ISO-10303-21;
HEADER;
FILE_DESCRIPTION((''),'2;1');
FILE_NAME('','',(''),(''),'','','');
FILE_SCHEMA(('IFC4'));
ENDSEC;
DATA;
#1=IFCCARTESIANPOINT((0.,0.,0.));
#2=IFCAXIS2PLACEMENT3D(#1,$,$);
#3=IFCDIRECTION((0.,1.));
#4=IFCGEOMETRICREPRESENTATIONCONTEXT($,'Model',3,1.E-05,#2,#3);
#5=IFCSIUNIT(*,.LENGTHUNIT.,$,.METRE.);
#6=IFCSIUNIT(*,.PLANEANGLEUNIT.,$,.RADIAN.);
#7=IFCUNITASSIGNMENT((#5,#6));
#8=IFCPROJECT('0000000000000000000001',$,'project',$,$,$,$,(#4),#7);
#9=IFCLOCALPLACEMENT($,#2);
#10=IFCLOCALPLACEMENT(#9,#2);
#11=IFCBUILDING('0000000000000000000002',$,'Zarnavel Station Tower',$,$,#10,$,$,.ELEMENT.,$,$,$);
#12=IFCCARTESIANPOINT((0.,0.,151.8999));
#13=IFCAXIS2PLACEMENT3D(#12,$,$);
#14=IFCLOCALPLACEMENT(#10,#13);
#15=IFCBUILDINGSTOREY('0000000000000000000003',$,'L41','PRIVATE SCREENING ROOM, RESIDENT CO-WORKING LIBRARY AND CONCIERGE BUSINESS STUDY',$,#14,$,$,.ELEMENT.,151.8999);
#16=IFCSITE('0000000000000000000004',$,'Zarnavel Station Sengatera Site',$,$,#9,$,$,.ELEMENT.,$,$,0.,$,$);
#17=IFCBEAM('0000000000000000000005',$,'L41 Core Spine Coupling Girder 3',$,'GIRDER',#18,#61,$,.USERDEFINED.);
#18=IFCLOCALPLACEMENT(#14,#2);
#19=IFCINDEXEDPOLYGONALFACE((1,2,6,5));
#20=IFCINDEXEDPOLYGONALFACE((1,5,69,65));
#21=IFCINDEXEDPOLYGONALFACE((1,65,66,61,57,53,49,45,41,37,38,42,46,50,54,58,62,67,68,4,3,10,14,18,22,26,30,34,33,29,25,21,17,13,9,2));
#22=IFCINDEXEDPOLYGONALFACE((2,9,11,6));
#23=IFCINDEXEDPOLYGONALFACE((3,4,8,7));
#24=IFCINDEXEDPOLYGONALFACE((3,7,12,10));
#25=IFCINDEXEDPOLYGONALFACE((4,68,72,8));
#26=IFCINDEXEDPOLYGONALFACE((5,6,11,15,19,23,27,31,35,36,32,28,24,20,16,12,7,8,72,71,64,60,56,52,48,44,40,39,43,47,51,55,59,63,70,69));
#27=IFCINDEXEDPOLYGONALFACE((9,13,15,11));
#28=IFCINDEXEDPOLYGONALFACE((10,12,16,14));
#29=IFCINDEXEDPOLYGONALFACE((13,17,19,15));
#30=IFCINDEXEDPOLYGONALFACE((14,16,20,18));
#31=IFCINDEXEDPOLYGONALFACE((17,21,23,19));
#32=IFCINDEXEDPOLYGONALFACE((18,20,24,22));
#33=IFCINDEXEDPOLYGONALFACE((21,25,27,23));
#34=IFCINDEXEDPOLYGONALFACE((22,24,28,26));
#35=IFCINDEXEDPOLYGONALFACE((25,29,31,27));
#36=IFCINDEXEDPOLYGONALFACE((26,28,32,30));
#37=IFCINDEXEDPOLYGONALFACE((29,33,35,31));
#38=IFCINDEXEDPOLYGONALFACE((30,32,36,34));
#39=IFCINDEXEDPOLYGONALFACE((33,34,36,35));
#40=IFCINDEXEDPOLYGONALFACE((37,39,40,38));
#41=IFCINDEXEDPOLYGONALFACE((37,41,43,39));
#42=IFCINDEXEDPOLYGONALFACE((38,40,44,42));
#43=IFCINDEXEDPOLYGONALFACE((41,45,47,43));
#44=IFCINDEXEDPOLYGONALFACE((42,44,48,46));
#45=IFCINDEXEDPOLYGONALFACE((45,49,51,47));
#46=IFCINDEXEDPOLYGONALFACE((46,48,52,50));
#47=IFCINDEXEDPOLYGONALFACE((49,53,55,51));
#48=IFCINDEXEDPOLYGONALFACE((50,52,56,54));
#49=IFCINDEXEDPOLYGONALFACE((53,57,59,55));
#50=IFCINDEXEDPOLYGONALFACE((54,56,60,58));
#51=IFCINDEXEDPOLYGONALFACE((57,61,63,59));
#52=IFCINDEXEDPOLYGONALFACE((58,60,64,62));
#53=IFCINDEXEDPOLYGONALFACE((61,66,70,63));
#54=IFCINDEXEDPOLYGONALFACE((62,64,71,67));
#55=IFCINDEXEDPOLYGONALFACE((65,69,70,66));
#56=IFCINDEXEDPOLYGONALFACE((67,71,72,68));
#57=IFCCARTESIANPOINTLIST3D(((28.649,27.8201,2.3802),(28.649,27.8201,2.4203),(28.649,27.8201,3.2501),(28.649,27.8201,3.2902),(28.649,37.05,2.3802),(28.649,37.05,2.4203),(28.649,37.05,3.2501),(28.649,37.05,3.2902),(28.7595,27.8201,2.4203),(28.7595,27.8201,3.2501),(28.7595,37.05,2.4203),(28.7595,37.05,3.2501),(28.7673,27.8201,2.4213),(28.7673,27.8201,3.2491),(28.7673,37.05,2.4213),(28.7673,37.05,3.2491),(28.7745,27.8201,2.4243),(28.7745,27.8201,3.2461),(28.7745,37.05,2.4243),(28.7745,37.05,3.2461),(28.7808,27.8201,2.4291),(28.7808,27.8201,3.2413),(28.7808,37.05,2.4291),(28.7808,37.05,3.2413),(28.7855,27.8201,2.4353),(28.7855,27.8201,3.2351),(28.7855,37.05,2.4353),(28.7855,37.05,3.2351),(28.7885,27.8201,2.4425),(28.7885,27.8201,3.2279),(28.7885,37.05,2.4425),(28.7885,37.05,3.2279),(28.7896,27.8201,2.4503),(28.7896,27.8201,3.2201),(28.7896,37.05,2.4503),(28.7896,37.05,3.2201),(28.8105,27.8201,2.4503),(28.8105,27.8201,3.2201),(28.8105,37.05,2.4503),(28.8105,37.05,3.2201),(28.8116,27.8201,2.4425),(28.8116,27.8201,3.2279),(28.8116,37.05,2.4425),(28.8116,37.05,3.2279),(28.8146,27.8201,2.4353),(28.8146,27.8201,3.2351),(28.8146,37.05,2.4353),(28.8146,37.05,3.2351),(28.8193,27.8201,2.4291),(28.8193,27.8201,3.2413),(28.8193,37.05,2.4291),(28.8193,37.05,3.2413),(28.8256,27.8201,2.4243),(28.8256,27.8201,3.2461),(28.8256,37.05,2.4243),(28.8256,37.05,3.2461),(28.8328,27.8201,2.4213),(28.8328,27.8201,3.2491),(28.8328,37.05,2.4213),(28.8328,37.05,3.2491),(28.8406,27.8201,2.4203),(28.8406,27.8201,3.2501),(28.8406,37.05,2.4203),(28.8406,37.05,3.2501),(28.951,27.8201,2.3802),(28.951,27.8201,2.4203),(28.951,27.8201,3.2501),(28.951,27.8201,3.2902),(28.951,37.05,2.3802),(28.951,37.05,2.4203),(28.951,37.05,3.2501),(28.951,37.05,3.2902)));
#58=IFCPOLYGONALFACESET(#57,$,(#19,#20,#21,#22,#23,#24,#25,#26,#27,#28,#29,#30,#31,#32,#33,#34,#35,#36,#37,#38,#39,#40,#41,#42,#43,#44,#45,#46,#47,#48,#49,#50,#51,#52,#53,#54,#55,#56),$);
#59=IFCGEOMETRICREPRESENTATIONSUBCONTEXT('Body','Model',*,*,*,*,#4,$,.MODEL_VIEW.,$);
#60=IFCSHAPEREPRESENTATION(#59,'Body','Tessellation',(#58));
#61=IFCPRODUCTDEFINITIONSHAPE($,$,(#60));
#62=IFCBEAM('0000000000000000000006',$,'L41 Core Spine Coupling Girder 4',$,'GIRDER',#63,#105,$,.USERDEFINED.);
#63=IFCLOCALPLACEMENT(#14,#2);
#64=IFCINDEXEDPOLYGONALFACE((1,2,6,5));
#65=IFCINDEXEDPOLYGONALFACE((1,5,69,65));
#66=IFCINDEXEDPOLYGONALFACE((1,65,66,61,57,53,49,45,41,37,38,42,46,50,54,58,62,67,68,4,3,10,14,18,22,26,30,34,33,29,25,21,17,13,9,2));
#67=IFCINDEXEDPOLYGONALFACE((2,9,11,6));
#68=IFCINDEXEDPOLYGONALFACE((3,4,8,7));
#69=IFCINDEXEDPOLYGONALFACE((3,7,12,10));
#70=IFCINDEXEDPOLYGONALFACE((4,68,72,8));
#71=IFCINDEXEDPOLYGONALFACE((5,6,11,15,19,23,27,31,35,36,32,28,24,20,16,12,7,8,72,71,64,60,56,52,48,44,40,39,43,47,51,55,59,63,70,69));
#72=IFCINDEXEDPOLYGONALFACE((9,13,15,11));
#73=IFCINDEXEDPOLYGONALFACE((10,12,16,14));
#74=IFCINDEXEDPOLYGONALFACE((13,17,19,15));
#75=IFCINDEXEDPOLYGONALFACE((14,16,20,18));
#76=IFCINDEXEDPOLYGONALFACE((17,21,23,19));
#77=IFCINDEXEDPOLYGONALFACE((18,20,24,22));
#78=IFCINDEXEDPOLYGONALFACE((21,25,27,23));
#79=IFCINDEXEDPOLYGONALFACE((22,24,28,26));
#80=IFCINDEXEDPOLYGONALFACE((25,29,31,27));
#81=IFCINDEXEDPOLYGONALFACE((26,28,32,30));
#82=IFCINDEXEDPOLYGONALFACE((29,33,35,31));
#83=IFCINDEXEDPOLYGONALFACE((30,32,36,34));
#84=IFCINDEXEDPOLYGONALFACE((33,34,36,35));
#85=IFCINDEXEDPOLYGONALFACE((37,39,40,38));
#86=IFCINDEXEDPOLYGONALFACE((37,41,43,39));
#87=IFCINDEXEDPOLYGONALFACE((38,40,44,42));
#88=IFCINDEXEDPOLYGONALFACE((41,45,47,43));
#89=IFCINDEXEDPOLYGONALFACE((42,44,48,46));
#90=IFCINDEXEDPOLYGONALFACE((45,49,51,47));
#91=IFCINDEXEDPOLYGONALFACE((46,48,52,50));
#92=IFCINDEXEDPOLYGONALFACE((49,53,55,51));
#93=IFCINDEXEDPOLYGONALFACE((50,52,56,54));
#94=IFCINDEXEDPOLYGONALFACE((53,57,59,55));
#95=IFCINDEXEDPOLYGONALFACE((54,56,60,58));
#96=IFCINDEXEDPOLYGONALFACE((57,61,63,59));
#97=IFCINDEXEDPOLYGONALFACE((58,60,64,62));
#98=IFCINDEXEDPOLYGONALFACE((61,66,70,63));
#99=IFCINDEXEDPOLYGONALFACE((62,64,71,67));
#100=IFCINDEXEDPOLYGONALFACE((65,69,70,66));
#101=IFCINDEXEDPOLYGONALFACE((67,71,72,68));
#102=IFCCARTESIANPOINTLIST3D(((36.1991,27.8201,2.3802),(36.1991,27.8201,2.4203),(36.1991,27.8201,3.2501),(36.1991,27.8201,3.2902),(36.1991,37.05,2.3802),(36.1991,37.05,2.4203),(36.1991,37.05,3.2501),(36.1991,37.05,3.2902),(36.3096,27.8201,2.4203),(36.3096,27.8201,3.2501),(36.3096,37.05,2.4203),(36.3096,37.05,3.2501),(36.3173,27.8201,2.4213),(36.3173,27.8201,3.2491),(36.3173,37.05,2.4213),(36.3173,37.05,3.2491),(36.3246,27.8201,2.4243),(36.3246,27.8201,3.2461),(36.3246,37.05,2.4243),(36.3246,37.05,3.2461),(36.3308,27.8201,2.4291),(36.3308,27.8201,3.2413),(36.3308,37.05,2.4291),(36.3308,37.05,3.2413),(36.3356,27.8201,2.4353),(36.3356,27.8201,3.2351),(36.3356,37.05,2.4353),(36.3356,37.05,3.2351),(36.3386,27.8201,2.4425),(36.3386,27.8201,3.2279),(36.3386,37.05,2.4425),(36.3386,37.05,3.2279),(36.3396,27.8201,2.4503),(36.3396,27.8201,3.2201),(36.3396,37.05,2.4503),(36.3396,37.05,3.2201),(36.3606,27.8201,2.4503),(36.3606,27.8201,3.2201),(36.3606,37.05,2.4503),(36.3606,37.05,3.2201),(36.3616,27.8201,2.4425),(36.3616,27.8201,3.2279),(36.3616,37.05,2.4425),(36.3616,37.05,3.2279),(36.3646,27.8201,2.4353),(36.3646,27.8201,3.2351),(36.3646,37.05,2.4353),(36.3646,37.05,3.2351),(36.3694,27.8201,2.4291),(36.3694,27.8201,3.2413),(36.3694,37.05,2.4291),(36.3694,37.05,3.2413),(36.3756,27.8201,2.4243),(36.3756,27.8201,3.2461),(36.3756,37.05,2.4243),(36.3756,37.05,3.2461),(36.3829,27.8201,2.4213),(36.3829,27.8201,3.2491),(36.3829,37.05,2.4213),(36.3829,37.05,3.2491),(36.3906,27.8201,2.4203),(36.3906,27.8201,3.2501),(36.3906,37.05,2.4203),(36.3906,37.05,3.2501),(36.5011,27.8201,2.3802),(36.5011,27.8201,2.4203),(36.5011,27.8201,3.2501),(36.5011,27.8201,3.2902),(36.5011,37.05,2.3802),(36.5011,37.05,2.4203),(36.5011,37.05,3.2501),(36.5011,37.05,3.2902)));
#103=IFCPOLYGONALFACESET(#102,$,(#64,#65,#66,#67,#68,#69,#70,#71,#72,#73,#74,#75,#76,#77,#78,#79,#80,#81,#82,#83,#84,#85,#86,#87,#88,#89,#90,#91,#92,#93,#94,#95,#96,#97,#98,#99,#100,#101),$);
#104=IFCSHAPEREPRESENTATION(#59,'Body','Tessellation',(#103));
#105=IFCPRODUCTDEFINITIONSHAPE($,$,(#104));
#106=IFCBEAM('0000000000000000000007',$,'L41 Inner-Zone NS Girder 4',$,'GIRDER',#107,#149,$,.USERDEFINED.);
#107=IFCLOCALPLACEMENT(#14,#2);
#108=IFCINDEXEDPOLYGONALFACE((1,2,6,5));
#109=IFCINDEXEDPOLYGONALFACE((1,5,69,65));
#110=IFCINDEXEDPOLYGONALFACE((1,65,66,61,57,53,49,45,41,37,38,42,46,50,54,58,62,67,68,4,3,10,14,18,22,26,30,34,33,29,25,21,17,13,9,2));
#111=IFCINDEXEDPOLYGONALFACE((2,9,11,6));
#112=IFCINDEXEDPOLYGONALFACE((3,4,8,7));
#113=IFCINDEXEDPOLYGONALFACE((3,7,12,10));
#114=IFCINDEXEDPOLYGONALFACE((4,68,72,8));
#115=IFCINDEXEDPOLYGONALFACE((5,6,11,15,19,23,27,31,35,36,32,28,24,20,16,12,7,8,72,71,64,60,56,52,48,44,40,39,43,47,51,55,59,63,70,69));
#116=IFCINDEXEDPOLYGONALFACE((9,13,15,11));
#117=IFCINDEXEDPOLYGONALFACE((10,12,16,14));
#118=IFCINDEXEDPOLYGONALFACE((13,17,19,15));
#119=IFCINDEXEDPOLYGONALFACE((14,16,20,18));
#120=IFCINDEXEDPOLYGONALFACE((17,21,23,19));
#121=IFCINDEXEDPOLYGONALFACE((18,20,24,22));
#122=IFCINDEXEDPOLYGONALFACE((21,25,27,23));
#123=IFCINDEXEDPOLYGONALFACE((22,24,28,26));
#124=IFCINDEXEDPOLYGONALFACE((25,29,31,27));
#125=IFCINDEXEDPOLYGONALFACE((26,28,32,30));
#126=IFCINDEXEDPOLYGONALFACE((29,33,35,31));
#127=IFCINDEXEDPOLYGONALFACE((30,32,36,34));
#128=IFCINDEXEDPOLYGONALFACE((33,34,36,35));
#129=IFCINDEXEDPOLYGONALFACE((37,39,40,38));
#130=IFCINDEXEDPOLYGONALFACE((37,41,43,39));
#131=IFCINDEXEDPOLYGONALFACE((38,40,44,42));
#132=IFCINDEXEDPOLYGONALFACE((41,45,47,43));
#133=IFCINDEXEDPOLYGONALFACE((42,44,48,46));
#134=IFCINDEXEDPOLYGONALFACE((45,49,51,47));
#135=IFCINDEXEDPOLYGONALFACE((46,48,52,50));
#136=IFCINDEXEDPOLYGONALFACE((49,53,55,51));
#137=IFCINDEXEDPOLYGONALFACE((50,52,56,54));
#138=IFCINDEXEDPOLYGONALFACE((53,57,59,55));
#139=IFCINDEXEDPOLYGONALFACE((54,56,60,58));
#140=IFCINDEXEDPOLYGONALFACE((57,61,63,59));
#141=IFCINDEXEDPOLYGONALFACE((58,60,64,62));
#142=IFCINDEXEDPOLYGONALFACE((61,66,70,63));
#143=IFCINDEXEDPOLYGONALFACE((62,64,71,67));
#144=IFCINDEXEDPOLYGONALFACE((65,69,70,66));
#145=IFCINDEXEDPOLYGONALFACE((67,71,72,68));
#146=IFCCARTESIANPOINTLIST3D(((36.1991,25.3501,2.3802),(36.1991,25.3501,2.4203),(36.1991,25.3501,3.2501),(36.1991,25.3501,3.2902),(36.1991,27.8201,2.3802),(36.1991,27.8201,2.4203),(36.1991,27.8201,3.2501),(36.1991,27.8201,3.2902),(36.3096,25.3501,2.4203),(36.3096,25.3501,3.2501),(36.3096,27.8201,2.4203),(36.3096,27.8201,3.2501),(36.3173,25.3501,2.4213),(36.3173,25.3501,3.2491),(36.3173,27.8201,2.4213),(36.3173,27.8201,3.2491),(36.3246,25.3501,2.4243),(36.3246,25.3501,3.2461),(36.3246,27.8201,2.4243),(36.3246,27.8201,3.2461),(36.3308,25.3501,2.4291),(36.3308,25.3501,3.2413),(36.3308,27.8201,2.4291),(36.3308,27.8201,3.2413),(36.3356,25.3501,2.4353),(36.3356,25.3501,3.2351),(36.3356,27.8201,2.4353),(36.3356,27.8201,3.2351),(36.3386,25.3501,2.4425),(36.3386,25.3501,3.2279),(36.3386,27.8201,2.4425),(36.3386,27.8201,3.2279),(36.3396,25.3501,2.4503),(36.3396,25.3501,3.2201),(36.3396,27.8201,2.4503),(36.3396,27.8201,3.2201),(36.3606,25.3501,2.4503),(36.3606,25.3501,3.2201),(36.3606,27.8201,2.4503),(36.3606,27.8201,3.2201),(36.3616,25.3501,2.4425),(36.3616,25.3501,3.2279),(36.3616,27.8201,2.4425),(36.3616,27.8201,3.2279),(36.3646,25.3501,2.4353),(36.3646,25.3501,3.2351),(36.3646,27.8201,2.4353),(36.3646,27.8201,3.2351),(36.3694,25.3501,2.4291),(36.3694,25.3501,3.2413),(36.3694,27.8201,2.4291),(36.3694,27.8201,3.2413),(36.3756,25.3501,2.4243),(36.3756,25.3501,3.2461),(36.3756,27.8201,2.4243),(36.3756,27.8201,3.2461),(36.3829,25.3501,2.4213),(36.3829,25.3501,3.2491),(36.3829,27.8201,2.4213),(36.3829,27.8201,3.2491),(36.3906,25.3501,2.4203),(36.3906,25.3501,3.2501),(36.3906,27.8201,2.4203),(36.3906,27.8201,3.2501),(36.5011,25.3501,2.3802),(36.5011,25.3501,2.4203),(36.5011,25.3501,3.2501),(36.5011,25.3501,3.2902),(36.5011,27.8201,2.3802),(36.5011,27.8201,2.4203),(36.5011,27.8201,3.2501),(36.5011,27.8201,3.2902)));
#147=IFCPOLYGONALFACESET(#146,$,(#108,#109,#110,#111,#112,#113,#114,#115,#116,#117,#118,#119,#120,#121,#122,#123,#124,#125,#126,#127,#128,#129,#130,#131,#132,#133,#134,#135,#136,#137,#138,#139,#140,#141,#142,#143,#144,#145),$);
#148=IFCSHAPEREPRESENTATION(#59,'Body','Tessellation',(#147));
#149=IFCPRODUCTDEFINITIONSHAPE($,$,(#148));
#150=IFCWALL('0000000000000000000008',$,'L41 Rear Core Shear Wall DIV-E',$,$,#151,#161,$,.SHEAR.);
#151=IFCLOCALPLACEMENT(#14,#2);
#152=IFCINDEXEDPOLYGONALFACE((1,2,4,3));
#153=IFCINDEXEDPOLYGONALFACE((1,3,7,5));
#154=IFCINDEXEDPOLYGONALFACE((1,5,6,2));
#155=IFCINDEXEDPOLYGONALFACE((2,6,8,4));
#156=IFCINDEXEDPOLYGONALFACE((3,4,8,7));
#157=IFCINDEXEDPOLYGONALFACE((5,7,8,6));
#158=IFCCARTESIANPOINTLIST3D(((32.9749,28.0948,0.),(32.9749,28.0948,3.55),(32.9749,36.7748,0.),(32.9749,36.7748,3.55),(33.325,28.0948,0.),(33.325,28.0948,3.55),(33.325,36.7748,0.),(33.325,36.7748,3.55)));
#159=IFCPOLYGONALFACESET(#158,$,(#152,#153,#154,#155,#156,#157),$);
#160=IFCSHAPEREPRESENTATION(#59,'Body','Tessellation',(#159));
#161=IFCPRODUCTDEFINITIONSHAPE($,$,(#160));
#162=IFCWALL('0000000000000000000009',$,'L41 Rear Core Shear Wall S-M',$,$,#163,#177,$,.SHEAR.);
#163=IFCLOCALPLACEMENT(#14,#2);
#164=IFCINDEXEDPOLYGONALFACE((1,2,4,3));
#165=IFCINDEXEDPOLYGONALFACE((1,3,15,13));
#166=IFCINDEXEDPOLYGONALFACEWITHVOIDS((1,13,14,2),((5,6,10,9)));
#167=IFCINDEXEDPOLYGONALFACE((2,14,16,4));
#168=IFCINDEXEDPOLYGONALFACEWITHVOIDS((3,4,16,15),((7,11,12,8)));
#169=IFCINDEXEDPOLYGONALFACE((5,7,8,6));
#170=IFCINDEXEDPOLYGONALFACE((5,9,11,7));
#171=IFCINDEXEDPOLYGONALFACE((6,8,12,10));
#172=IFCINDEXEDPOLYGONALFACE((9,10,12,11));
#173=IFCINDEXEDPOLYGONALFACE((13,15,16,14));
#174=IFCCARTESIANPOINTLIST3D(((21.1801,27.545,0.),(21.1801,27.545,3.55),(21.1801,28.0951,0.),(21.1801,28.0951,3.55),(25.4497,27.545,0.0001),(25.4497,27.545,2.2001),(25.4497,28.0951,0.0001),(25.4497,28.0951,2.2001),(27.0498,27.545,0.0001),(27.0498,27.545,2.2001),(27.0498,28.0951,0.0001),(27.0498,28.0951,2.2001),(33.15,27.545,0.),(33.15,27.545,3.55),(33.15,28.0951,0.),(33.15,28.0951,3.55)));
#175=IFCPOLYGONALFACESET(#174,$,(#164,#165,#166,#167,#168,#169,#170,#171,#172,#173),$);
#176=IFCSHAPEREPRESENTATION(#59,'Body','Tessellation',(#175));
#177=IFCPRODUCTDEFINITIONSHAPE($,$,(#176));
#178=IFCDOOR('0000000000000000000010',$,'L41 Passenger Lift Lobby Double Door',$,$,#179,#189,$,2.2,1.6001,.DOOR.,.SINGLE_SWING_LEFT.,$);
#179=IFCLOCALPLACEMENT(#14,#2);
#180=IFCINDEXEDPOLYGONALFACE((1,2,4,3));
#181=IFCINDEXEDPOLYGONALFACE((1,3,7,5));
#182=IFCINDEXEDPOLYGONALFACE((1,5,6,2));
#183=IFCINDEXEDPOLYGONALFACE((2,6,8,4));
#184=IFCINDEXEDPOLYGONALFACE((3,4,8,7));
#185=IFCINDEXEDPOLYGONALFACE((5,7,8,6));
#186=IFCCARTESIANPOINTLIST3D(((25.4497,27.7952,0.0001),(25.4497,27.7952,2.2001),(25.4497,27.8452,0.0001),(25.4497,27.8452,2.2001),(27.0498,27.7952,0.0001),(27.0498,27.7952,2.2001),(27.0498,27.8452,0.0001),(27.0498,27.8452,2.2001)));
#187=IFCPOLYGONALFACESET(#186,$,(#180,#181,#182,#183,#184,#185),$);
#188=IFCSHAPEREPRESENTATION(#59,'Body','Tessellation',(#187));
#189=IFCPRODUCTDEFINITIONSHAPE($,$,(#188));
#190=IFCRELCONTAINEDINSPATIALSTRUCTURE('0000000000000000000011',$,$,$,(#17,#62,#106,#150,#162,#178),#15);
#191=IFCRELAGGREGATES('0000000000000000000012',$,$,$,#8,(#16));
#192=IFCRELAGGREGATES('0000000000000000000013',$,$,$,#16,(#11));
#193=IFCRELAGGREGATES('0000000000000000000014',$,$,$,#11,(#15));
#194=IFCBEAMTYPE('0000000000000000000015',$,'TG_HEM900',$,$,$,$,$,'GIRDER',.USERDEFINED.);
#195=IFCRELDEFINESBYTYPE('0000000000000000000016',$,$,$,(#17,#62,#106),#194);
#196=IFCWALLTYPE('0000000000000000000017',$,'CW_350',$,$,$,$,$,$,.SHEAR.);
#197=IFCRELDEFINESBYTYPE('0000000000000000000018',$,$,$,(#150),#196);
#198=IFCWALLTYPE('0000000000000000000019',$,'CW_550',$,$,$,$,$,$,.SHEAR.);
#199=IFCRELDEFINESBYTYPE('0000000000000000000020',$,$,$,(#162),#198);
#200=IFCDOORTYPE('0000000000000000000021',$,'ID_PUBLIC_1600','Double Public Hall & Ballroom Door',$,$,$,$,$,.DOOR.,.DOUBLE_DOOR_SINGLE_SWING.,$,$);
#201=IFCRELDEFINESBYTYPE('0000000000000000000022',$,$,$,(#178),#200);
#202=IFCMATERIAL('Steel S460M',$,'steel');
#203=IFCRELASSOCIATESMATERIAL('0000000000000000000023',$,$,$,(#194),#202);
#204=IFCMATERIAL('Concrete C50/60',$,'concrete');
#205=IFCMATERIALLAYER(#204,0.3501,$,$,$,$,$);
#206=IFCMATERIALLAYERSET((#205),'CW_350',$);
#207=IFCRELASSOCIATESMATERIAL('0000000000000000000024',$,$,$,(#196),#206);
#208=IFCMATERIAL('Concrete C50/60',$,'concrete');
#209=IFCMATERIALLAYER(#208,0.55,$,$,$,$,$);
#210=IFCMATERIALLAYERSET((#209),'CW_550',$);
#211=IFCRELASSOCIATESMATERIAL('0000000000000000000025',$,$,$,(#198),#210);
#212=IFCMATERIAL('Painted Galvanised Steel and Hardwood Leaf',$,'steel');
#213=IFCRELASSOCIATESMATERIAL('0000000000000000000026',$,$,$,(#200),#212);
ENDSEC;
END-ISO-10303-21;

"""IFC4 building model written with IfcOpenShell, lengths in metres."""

from ifc_helpers import new_model, si_unit, direction, frame, frame_2d, origin, origin_2d, place, context, subcontext, project, spatial, rectangle, i_section, extrude, material, layer, layer_set, material_profile, profile_set, type_object, element, fill, save


model = new_model("IFC4")

# Units and contexts
model_context = context("Model", 3, precision=1e-05, world=origin(), true_north=direction((0.0, 1.0)))
body_context = subcontext(model_context, "Body", "Model", "MODEL_VIEW")
ifc_project = project(units=[si_unit("LENGTHUNIT", "METRE"), si_unit("PLANEANGLEUNIT", "RADIAN")], contexts=[model_context])

# Site, building, storey
site_placement = place(None, origin())
site = spatial("IfcSite", under=ifc_project, at=site_placement, Name="Zarnavel Station Sengatera Site", CompositionType="ELEMENT", RefElevation=0.0)
building_placement = place(site_placement, origin())
building = spatial("IfcBuilding", under=site, at=building_placement, Name="Zarnavel Station Tower", CompositionType="ELEMENT")
storey_placement = place(building_placement, frame((0.0, 0.0, 151.8999)))
storey = spatial("IfcBuildingStorey", under=building, at=storey_placement, Name="L41", Description="PRIVATE SCREENING ROOM, RESIDENT CO-WORKING LIBRARY AND CONCIERGE BUSINESS STUDY", CompositionType="ELEMENT", Elevation=151.8999)

# Beams
ifc_material_1 = material(Name="Steel S460M", Category="steel")
ifc_material_profile_1 = material_profile(ifc_material_1, i_section(OverallWidth=0.302, OverallDepth=0.9099, WebThickness=0.021, FlangeThickness=0.04, FilletRadius=0.03, at=origin_2d()), Name="HEM900")
ifc_profile_set_1 = profile_set([ifc_material_profile_1], Name="Steel S460M")
beam_type_1 = type_object("IfcBeamType", Name="TG_HEM900", ElementType="GIRDER", PredefinedType="USERDEFINED", material=ifc_profile_set_1)
for number, where, z_axis, x_axis, name in (
    (1, (28.8, 27.8201, 2.8352), (0.0, 1.0, 0.0), (-1.0, 0.0, 0.0), "L41 Core Spine Coupling Girder 3"),
    (2, (36.3501, 27.8201, 2.8352), (0.0, 1.0, 0.0), (-1.0, 0.0, 0.0), "L41 Core Spine Coupling Girder 4"),
):
    element("IfcBeam", number, at=place(storey_placement, frame(where, z_axis=z_axis, x_axis=x_axis)), inside=storey, type_object=beam_type_1, Name=name, ObjectType="GIRDER", PredefinedType="USERDEFINED", context=body_context, shape_type="SweptSolid", body=[
        extrude(i_section(OverallWidth=0.302, OverallDepth=0.9099, WebThickness=0.021, FlangeThickness=0.04, FilletRadius=0.03, at=origin_2d()), origin(), (0.0, 0.0, 1.0), 9.23),
    ])
beam_1_placement = place(storey_placement, frame((36.3501, 25.3501, 2.8352), z_axis=(0.0, 1.0, 0.0), x_axis=(-1.0, 0.0, 0.0)))
element("IfcBeam", 3, at=beam_1_placement, inside=storey, type_object=beam_type_1, Name="L41 Inner-Zone NS Girder 4", ObjectType="GIRDER", PredefinedType="USERDEFINED", context=body_context, shape_type="SweptSolid", body=[
    extrude(i_section(OverallWidth=0.302, OverallDepth=0.9099, WebThickness=0.021, FlangeThickness=0.04, FilletRadius=0.03, at=origin_2d()), origin(), (0.0, 0.0, 1.0), 2.47),
])

# Wall
ifc_material_2 = material(Name="Concrete C50/60", Category="concrete")
ifc_layer_1 = layer(ifc_material_2, 0.3501)
ifc_layer_set_1 = layer_set([ifc_layer_1], Name="CW_350")
wall_type_1 = type_object("IfcWallType", Name="CW_350", PredefinedType="SHEAR", material=ifc_layer_set_1)
wall_1_placement = place(storey_placement, frame((33.1499, 28.095, 0.0), z_axis=(0.0, 0.0, 1.0), x_axis=(0.0, 1.0, 0.0)))
element("IfcWall", 4, at=wall_1_placement, inside=storey, type_object=wall_type_1, Name="L41 Rear Core Shear Wall DIV-E", PredefinedType="SHEAR", context=body_context, shape_type="SweptSolid", body=[
    extrude(rectangle(XDim=8.6799, YDim=0.3501, at=frame_2d((4.3398, 0.0))), origin(), (0.0, 0.0, 1.0), 3.55),
])

# Wall, opening, door
ifc_material_3 = material(Name="Concrete C50/60", Category="concrete")
ifc_layer_2 = layer(ifc_material_3, 0.55)
ifc_layer_set_2 = layer_set([ifc_layer_2], Name="CW_550")
wall_type_2 = type_object("IfcWallType", Name="CW_550", PredefinedType="SHEAR", material=ifc_layer_set_2)
wall_2_placement = place(storey_placement, frame((33.1499, 27.8201, 0.0), z_axis=(0.0, 0.0, 1.0), x_axis=(-1.0, 0.0, 0.0)))
wall_2 = element("IfcWall", 5, at=wall_2_placement, inside=storey, type_object=wall_type_2, Name="L41 Rear Core Shear Wall S-M", PredefinedType="SHEAR", context=body_context, shape_type="SweptSolid", body=[
    extrude(rectangle(XDim=11.97, YDim=0.55, at=frame_2d((5.9849, 0.0))), origin(), (0.0, 0.0, 1.0), 3.55),
])
opening_1_placement = place(wall_2_placement, frame((6.1001, 0.0, 0.0)))
opening_1 = element("IfcOpeningElement", 6, at=opening_1_placement, cuts=wall_2, PredefinedType="OPENING", context=body_context, shape_type="SweptSolid", body=[
    extrude(rectangle(XDim=1.6001, YDim=2.2, at=frame_2d((0.8, 1.1001))), frame((0.0, 0.2849, 0.0), z_axis=(0.0, -1.0, 0.0), x_axis=(1.0, 0.0, 0.0)), (0.0, 0.0, 1.0), 0.5701),
])
ifc_material_4 = material(Name="Painted Galvanised Steel and Hardwood Leaf", Category="steel")
door_type_1 = type_object("IfcDoorType", Name="ID_PUBLIC_1600", Description="Double Public Hall & Ballroom Door", OperationType="DOUBLE_DOOR_SINGLE_SWING", PredefinedType="DOOR", material=ifc_material_4)
door_1_placement = place(opening_1_placement, origin())
door_1 = element("IfcDoor", 7, at=door_1_placement, inside=storey, type_object=door_type_1, Name="L41 Passenger Lift Lobby Double Door", OperationType="SINGLE_SWING_LEFT", OverallHeight=2.2, OverallWidth=1.6001, PredefinedType="DOOR", context=body_context, shape_type="SweptSolid", body=[
    extrude(rectangle(XDim=1.6001, YDim=2.2, at=frame_2d((0.8, 1.1001))), frame((0.0, 0.0249, 0.0), z_axis=(0.0, -1.0, 0.0), x_axis=(1.0, 0.0, 0.0)), (0.0, 0.0, 1.0), 0.05),
])
fill(opening_1, door_1)

save(model, "model.ifc")
